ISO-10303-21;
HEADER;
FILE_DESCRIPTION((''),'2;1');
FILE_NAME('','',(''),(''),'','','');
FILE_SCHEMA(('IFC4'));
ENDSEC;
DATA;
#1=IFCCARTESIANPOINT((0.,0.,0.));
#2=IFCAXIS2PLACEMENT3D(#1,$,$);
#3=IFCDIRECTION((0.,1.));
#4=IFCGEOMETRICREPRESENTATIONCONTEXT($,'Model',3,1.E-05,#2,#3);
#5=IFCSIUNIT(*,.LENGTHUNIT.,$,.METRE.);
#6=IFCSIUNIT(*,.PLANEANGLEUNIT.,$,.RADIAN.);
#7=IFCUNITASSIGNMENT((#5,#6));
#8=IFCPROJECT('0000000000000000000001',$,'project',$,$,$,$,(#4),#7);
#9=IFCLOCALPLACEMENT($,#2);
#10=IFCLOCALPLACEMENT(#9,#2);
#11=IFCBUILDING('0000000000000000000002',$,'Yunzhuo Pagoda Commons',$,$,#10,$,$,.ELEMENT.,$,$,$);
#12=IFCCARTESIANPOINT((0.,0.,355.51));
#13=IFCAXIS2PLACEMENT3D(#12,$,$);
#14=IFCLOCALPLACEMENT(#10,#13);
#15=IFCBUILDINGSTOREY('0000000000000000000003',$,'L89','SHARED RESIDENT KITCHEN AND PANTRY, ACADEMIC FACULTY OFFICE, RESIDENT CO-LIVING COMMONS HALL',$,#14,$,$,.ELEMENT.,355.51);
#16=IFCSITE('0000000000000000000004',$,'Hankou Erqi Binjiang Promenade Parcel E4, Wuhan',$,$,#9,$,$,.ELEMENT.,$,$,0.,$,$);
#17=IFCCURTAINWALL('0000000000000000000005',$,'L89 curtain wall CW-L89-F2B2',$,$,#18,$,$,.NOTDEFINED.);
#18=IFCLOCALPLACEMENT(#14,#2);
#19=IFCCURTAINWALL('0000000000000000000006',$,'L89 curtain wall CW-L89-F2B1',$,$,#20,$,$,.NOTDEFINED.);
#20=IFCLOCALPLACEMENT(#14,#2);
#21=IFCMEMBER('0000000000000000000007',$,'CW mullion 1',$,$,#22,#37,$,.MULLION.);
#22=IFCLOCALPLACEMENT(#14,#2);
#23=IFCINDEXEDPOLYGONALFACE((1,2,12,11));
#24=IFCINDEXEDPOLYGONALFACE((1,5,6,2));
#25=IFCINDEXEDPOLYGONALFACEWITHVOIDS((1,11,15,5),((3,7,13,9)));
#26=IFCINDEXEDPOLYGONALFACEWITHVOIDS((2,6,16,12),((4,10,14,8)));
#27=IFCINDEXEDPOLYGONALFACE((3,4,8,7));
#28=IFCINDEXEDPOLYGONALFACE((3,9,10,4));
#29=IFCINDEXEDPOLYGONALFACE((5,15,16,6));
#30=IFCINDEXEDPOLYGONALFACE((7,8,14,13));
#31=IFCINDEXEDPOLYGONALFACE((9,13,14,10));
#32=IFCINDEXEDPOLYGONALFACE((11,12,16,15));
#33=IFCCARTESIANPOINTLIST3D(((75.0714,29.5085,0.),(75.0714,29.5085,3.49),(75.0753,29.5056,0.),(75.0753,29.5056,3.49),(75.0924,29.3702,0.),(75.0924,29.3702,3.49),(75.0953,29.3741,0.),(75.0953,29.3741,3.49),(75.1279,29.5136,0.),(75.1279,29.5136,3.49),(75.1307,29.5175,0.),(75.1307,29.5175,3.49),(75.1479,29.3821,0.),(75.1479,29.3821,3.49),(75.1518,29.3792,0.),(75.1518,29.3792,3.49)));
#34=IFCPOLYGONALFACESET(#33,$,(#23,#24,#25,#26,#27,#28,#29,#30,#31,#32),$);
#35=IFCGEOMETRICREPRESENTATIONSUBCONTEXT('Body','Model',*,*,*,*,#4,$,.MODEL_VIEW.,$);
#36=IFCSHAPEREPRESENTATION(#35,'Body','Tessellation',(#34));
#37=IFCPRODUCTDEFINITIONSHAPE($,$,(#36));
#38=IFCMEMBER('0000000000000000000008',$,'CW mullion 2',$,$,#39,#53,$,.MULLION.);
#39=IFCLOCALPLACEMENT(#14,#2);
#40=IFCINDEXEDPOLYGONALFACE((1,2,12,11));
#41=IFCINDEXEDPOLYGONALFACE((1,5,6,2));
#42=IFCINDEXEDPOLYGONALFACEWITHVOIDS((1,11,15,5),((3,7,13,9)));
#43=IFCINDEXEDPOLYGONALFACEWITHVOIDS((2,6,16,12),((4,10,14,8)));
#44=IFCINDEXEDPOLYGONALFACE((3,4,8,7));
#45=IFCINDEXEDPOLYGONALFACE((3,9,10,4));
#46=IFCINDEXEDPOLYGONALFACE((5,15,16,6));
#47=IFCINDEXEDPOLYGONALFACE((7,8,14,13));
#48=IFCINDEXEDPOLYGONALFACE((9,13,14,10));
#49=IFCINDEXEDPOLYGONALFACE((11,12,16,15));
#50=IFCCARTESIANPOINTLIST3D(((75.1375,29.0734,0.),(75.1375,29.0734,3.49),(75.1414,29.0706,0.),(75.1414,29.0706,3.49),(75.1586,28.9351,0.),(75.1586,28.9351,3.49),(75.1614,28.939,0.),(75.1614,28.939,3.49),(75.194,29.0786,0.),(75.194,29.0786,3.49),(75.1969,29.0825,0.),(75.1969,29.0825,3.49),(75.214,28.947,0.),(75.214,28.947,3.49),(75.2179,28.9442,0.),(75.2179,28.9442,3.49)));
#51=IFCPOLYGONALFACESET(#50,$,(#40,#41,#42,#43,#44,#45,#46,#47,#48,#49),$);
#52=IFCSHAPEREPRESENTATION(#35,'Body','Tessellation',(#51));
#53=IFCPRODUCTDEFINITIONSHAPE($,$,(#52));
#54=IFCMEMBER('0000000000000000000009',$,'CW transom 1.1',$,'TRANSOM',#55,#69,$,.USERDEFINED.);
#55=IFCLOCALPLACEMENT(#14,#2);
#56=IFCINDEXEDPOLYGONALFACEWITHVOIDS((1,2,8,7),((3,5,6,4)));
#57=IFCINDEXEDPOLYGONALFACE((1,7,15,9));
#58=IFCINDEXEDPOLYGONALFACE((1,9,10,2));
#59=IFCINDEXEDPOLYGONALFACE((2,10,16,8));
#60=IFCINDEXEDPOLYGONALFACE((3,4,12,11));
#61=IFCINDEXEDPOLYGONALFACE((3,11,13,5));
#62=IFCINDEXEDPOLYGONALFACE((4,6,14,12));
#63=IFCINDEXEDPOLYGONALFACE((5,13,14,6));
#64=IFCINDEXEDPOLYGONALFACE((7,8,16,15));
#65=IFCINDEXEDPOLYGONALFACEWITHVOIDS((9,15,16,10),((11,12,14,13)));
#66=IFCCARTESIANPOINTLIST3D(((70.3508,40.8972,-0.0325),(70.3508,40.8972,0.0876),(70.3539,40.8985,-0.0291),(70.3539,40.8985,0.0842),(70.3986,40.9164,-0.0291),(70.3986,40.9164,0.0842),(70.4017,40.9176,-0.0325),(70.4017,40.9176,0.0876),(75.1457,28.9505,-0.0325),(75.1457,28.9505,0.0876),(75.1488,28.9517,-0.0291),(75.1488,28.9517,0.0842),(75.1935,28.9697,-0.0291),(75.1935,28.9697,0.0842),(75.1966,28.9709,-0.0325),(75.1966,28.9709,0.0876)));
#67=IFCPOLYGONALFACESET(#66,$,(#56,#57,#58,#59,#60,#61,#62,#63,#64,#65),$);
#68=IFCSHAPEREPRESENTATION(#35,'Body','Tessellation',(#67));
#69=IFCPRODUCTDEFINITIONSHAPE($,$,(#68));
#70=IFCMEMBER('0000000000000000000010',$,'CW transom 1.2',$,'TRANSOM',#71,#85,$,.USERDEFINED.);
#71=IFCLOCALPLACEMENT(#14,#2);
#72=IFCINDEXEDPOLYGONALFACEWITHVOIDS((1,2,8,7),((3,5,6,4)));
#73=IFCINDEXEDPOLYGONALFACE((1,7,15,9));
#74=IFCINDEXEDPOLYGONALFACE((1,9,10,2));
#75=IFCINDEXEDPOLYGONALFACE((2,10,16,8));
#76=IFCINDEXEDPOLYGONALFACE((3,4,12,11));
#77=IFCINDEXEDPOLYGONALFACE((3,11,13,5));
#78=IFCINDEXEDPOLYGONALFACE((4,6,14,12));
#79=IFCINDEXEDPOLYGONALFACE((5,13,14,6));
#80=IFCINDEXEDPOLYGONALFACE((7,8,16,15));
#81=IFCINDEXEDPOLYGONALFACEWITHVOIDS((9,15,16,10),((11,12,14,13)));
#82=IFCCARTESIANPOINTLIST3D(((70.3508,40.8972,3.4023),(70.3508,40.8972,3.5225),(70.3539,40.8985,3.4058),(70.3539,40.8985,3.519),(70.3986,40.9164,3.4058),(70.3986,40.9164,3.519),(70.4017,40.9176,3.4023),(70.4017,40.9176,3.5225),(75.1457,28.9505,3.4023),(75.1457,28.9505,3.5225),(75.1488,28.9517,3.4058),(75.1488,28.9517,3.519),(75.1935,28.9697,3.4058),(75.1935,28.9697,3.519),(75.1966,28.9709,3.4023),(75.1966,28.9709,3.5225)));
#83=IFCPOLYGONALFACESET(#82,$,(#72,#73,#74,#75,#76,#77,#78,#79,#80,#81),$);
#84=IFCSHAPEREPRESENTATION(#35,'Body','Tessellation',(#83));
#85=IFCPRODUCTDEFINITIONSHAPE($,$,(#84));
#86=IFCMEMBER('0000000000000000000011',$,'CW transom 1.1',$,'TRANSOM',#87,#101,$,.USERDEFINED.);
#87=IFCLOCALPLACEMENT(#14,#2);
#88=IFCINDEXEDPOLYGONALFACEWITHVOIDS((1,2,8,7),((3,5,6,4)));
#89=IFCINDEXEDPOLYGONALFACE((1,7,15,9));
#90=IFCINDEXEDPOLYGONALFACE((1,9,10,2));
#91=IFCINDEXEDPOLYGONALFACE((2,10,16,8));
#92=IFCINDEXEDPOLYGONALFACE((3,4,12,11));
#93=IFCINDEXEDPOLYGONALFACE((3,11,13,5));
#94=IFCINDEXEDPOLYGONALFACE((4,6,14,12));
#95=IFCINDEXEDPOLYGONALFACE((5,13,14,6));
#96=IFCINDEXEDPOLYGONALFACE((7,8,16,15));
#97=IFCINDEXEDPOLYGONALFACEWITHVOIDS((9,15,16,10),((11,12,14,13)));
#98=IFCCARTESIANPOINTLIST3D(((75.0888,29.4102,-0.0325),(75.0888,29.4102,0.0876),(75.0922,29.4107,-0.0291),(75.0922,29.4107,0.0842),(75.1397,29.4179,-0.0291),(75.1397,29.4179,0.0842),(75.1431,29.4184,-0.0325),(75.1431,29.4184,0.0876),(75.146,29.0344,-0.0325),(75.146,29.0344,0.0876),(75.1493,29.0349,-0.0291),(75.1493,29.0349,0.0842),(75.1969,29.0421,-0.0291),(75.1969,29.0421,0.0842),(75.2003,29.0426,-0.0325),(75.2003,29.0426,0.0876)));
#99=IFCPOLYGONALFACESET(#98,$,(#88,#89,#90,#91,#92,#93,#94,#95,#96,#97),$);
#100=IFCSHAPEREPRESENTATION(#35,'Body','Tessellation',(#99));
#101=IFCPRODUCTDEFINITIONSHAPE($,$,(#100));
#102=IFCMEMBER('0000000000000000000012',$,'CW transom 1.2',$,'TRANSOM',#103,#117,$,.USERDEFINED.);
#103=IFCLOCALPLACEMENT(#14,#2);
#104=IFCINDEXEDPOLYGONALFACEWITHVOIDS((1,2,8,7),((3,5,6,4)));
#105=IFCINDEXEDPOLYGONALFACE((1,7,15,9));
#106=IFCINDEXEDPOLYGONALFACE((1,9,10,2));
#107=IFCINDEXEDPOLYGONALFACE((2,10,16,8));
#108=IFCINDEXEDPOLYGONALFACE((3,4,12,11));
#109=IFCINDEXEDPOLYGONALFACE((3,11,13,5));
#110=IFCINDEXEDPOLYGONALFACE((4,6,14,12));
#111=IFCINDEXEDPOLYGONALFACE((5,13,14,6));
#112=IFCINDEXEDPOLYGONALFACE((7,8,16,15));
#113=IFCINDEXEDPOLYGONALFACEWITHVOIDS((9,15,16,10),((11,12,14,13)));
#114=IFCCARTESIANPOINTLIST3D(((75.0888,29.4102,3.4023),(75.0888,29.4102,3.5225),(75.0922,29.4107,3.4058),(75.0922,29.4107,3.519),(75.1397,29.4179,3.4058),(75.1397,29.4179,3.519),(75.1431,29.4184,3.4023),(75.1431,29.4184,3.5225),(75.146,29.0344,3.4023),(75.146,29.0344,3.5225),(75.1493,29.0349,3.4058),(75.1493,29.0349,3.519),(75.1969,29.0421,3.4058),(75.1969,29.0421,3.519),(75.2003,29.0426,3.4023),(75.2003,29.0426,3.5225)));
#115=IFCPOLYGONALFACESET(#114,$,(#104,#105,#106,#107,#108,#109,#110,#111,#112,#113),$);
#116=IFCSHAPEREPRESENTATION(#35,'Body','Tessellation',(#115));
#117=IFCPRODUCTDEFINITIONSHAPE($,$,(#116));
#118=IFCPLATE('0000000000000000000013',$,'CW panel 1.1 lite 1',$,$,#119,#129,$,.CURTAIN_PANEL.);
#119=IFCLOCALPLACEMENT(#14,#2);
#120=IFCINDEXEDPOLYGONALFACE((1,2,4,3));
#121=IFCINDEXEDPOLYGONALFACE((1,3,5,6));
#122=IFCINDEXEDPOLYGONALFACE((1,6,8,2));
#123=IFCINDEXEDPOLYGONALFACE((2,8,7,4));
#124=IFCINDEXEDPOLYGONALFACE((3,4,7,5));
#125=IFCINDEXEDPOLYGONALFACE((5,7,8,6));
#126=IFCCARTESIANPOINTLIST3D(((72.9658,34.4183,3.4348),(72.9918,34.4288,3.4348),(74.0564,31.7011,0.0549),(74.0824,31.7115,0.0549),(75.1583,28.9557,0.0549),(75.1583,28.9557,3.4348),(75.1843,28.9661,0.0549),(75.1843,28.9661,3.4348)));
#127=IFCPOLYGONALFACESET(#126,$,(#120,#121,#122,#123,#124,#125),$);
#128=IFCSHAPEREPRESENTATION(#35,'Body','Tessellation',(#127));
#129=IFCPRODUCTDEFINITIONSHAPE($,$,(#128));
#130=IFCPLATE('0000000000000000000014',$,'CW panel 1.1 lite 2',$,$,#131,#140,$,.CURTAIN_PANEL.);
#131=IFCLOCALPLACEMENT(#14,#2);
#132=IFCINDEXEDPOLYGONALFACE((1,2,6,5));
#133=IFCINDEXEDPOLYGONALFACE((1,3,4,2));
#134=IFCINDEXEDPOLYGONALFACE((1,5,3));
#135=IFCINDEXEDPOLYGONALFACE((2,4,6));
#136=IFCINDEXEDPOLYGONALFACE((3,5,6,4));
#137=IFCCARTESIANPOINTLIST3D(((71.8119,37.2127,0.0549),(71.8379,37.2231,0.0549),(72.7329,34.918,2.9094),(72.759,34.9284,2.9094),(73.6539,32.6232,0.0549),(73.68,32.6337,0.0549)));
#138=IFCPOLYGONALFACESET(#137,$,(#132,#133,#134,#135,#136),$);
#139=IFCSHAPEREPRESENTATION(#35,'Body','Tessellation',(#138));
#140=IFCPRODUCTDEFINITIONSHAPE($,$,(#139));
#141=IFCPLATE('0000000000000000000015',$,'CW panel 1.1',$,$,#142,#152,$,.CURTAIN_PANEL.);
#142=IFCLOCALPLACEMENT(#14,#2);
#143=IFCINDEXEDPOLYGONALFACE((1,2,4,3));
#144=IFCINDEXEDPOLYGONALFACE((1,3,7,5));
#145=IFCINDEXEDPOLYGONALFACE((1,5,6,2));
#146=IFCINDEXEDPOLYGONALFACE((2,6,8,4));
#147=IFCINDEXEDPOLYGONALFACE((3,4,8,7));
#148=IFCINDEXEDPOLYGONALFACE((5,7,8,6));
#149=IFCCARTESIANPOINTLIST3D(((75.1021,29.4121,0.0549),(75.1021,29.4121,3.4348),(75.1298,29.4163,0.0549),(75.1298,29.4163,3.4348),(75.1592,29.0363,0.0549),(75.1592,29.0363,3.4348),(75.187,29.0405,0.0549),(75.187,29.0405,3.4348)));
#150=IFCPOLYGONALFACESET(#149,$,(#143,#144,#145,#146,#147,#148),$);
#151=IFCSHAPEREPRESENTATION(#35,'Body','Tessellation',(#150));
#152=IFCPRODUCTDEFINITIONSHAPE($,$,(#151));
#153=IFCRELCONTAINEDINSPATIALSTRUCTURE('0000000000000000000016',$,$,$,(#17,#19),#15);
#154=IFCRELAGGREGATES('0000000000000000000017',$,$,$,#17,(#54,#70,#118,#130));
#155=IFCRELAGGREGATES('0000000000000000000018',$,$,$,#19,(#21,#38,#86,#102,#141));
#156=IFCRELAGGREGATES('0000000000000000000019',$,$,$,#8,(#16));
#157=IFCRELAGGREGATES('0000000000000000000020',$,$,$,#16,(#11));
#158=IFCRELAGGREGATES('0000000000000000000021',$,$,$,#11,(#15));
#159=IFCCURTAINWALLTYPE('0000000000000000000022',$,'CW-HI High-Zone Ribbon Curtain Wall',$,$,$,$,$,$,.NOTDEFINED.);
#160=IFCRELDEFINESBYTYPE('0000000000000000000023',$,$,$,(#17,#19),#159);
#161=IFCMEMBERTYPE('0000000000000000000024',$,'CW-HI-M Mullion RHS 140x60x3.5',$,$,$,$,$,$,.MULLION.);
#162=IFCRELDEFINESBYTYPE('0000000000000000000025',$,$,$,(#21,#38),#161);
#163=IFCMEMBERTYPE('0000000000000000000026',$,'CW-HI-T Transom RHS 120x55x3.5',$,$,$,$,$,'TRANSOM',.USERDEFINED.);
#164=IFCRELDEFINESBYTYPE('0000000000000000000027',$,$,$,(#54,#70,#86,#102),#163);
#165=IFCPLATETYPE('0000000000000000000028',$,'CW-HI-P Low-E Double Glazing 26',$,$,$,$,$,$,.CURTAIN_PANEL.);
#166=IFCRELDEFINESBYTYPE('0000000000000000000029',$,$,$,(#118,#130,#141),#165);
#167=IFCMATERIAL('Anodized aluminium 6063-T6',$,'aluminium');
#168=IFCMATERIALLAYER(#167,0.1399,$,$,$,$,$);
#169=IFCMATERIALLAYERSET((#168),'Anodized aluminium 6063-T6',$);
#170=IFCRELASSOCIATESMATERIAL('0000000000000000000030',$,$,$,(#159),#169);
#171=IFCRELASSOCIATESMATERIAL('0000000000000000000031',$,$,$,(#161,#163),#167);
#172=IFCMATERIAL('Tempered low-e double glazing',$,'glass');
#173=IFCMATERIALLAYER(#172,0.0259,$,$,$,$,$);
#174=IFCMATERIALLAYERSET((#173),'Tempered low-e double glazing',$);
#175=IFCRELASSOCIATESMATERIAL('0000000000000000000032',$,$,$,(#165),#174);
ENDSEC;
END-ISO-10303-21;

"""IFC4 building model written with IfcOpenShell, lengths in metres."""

from ifc_helpers import new_model, si_unit, direction, frame, origin, origin_2d, place, context, subcontext, project, spatial, polyline, rectangle, hollow_rectangle, outline, extrude, source, transform, mapped, material, layer, layer_set, material_profile, profile_set, type_object, element, aggregate, save


model = new_model("IFC4")

# Units and contexts
model_context = context("Model", 3, precision=1e-05, world=origin(), true_north=direction((0.0, 1.0)))
body_context = subcontext(model_context, "Body", "Model", "MODEL_VIEW")
ifc_project = project(units=[si_unit("LENGTHUNIT", "METRE"), si_unit("PLANEANGLEUNIT", "RADIAN")], contexts=[model_context])

# Site, building, storey
site_placement = place(None, origin())
site = spatial("IfcSite", under=ifc_project, at=site_placement, Name="Hankou Erqi Binjiang Promenade Parcel E4, Wuhan", CompositionType="ELEMENT", RefElevation=0.0)
building_placement = place(site_placement, origin())
building = spatial("IfcBuilding", under=site, at=building_placement, Name="Yunzhuo Pagoda Commons", CompositionType="ELEMENT")
storey_placement = place(building_placement, frame((0.0, 0.0, 355.51)))
storey = spatial("IfcBuildingStorey", under=building, at=storey_placement, Name="L89", Description="SHARED RESIDENT KITCHEN AND PANTRY, ACADEMIC FACULTY OFFICE, RESIDENT CO-LIVING COMMONS HALL", CompositionType="ELEMENT", Elevation=355.51)

# Curtain wall
ifc_material_1 = material(Name="Anodized aluminium 6063-T6", Category="aluminium")
ifc_layer_1 = layer(ifc_material_1, 0.1399)
ifc_layer_set_1 = layer_set([ifc_layer_1], Name="Anodized aluminium 6063-T6")
curtain_wall_type = type_object("IfcCurtainWallType", Name="CW-HI High-Zone Ribbon Curtain Wall", PredefinedType="NOTDEFINED", material=ifc_layer_set_1)
ifc_material_profile_1 = material_profile(ifc_material_1, hollow_rectangle(XDim=0.0601, YDim=0.1399, WallThickness=0.0034, at=origin_2d()), Name="Anodized aluminium 6063-T6")
ifc_profile_set_1 = profile_set([ifc_material_profile_1], Name="Anodized aluminium 6063-T6")
member_type_1 = type_object("IfcMemberType", Name="CW-HI-M Mullion RHS 140x60x3.5", PredefinedType="MULLION", material=ifc_profile_set_1)
shared_shape_1 = source(origin(), body_context, "Body", "SweptSolid", [
    extrude(hollow_rectangle(XDim=0.0601, YDim=0.1399, WallThickness=0.0034, at=origin_2d()), origin(), (0.0, 0.0, 1.0), 3.49),
])
curtain_wall_1_placement = place(storey_placement, origin())
curtain_wall_1 = element("IfcCurtainWall", 1, at=curtain_wall_1_placement, inside=storey, type_object=curtain_wall_type, Name="L89 curtain wall CW-L89-F2B2", PredefinedType="NOTDEFINED")

# Curtain wall, members
curtain_wall_2_placement = place(storey_placement, origin())
curtain_wall_2 = element("IfcCurtainWall", 2, at=curtain_wall_2_placement, inside=storey, type_object=curtain_wall_type, Name="L89 curtain wall CW-L89-F2B1", PredefinedType="NOTDEFINED")
member_1_placement = place(storey_placement, frame((75.1116, 29.4438, 0.0), z_axis=(0.0, 0.0, 1.0), x_axis=(0.988629, 0.150374, 0.0)))
member_1 = element("IfcMember", 3, at=member_1_placement, type_object=member_type_1, Name="CW mullion 1", PredefinedType="MULLION", context=body_context, shape_type="MappedRepresentation", body=[
    mapped(shared_shape_1, transform((0.0, 0.0, 0.0), scale=1.0)),
])
member_2_placement = place(storey_placement, frame((75.1777, 29.0088, 0.0), z_axis=(0.0, 0.0, 1.0), x_axis=(0.988629, 0.150374, 0.0)))
member_2 = element("IfcMember", 4, at=member_2_placement, type_object=member_type_1, Name="CW mullion 2", PredefinedType="MULLION", context=body_context, shape_type="MappedRepresentation", body=[
    mapped(shared_shape_1, transform((0.0, 0.0, 0.0), scale=1.0)),
])

# Members
ifc_material_profile_2 = material_profile(ifc_material_1, hollow_rectangle(XDim=0.0549, YDim=0.1201, WallThickness=0.0034, at=origin_2d()), Name="Anodized aluminium 6063-T6")
ifc_profile_set_2 = profile_set([ifc_material_profile_2], Name="Anodized aluminium 6063-T6")
member_type_2 = type_object("IfcMemberType", Name="CW-HI-T Transom RHS 120x55x3.5", ElementType="TRANSOM", PredefinedType="USERDEFINED", material=ifc_profile_set_2)
shared_shape_2 = source(origin(), body_context, "Body", "SweptSolid", [
    extrude(hollow_rectangle(XDim=0.0549, YDim=0.1201, WallThickness=0.0034, at=origin_2d()), origin(), (0.0, 0.0, 1.0), 12.873),
])
member_3_placement = place(storey_placement, frame((75.1711, 28.9607, 0.0276), z_axis=(-0.372476, 0.928042, 0.0), x_axis=(-0.928042, -0.372476, 0.0)))
member_3 = element("IfcMember", 5, at=member_3_placement, type_object=member_type_2, Name="CW transom 1.1", ObjectType="TRANSOM", PredefinedType="USERDEFINED", context=body_context, shape_type="MappedRepresentation", body=[
    mapped(shared_shape_2, transform((0.0, 0.0, 0.0), scale=1.0)),
])
member_4_placement = place(storey_placement, frame((75.1711, 28.9607, 3.4624), z_axis=(-0.372476, 0.928042, 0.0), x_axis=(-0.928042, -0.372476, 0.0)))
member_4 = element("IfcMember", 6, at=member_4_placement, type_object=member_type_2, Name="CW transom 1.2", ObjectType="TRANSOM", PredefinedType="USERDEFINED", context=body_context, shape_type="MappedRepresentation", body=[
    mapped(shared_shape_2, transform((0.0, 0.0, 0.0), scale=1.0)),
])
shared_shape_3 = source(origin(), body_context, "Body", "SweptSolid", [
    extrude(hollow_rectangle(XDim=0.0549, YDim=0.1201, WallThickness=0.0034, at=origin_2d()), origin(), (0.0, 0.0, 1.0), 0.3801),
])
member_5_placement = place(storey_placement, frame((75.116, 29.4143, 0.0276), z_axis=(0.150319, -0.988638, 0.0), x_axis=(0.988638, 0.150319, 0.0)))
member_5 = element("IfcMember", 7, at=member_5_placement, type_object=member_type_2, Name="CW transom 1.1", ObjectType="TRANSOM", PredefinedType="USERDEFINED", context=body_context, shape_type="MappedRepresentation", body=[
    mapped(shared_shape_3, transform((0.0, 0.0, 0.0), scale=1.0)),
])
member_6_placement = place(storey_placement, frame((75.116, 29.4143, 3.4624), z_axis=(0.150319, -0.988638, 0.0), x_axis=(0.988638, 0.150319, 0.0)))
member_6 = element("IfcMember", 8, at=member_6_placement, type_object=member_type_2, Name="CW transom 1.2", ObjectType="TRANSOM", PredefinedType="USERDEFINED", context=body_context, shape_type="MappedRepresentation", body=[
    mapped(shared_shape_3, transform((0.0, 0.0, 0.0), scale=1.0)),
])

# Plates
ifc_material_2 = material(Name="Tempered low-e double glazing", Category="glass")
ifc_layer_2 = layer(ifc_material_2, 0.0259)
ifc_layer_set_2 = layer_set([ifc_layer_2], Name="Tempered low-e double glazing")
plate_type = type_object("IfcPlateType", Name="CW-HI-P Low-E Double Glazing 26", PredefinedType="CURTAIN_PANEL", material=ifc_layer_set_2)
plate_1_placement = place(storey_placement, frame((74.062, 31.687, 1.7449), z_axis=(0.928039, 0.372483, 0.0), x_axis=(-0.372483, 0.928039, 0.0)))
plate_1 = element("IfcPlate", 9, at=plate_1_placement, type_object=plate_type, Name="CW panel 1.1 lite 1", PredefinedType="CURTAIN_PANEL", context=body_context, shape_type="SweptSolid", body=[
    extrude(outline(polyline([(-2.9431, -1.6899), (0.0151, -1.6899), (2.9431, 1.6899), (-2.9431, 1.6899), (-2.9431, -1.6899)])), origin(), (0.0, 0.0, 1.0), 0.0281),
])
plate_2_placement = place(storey_placement, frame((72.7329, 34.918, 1.4822), z_axis=(0.928039, 0.372483, 0.0), x_axis=(-0.372483, 0.928039, 0.0)))
plate_2 = element("IfcPlate", 10, at=plate_2_placement, type_object=plate_type, Name="CW panel 1.1 lite 2", PredefinedType="CURTAIN_PANEL", context=body_context, shape_type="SweptSolid", body=[
    extrude(outline(polyline([(-2.4727, -1.4272), (2.4727, -1.4272), (0.0, 1.4272), (-2.4727, -1.4272)])), origin(), (0.0, 0.0, 1.0), 0.0281),
])
aggregate(curtain_wall_1, [member_3, member_4, plate_1, plate_2])
shared_shape_4 = source(origin(), body_context, "Body", "SweptSolid", [
    extrude(rectangle(XDim=0.3801, YDim=0.0281, at=origin_2d()), origin(), (0.0, 0.0, 1.0), 3.3799),
])
plate_3_placement = place(storey_placement, frame((75.1445, 29.2263, 0.0549), z_axis=(0.0, 0.0, 1.0), x_axis=(0.150374, -0.988629, 0.0)))
plate_3 = element("IfcPlate", 11, at=plate_3_placement, type_object=plate_type, Name="CW panel 1.1", PredefinedType="CURTAIN_PANEL", context=body_context, shape_type="MappedRepresentation", body=[
    mapped(shared_shape_4, transform((0.0, 0.0, 0.0), scale=1.0)),
])
aggregate(curtain_wall_2, [member_1, member_2, member_5, member_6, plate_3])

save(model, "model.ifc")
